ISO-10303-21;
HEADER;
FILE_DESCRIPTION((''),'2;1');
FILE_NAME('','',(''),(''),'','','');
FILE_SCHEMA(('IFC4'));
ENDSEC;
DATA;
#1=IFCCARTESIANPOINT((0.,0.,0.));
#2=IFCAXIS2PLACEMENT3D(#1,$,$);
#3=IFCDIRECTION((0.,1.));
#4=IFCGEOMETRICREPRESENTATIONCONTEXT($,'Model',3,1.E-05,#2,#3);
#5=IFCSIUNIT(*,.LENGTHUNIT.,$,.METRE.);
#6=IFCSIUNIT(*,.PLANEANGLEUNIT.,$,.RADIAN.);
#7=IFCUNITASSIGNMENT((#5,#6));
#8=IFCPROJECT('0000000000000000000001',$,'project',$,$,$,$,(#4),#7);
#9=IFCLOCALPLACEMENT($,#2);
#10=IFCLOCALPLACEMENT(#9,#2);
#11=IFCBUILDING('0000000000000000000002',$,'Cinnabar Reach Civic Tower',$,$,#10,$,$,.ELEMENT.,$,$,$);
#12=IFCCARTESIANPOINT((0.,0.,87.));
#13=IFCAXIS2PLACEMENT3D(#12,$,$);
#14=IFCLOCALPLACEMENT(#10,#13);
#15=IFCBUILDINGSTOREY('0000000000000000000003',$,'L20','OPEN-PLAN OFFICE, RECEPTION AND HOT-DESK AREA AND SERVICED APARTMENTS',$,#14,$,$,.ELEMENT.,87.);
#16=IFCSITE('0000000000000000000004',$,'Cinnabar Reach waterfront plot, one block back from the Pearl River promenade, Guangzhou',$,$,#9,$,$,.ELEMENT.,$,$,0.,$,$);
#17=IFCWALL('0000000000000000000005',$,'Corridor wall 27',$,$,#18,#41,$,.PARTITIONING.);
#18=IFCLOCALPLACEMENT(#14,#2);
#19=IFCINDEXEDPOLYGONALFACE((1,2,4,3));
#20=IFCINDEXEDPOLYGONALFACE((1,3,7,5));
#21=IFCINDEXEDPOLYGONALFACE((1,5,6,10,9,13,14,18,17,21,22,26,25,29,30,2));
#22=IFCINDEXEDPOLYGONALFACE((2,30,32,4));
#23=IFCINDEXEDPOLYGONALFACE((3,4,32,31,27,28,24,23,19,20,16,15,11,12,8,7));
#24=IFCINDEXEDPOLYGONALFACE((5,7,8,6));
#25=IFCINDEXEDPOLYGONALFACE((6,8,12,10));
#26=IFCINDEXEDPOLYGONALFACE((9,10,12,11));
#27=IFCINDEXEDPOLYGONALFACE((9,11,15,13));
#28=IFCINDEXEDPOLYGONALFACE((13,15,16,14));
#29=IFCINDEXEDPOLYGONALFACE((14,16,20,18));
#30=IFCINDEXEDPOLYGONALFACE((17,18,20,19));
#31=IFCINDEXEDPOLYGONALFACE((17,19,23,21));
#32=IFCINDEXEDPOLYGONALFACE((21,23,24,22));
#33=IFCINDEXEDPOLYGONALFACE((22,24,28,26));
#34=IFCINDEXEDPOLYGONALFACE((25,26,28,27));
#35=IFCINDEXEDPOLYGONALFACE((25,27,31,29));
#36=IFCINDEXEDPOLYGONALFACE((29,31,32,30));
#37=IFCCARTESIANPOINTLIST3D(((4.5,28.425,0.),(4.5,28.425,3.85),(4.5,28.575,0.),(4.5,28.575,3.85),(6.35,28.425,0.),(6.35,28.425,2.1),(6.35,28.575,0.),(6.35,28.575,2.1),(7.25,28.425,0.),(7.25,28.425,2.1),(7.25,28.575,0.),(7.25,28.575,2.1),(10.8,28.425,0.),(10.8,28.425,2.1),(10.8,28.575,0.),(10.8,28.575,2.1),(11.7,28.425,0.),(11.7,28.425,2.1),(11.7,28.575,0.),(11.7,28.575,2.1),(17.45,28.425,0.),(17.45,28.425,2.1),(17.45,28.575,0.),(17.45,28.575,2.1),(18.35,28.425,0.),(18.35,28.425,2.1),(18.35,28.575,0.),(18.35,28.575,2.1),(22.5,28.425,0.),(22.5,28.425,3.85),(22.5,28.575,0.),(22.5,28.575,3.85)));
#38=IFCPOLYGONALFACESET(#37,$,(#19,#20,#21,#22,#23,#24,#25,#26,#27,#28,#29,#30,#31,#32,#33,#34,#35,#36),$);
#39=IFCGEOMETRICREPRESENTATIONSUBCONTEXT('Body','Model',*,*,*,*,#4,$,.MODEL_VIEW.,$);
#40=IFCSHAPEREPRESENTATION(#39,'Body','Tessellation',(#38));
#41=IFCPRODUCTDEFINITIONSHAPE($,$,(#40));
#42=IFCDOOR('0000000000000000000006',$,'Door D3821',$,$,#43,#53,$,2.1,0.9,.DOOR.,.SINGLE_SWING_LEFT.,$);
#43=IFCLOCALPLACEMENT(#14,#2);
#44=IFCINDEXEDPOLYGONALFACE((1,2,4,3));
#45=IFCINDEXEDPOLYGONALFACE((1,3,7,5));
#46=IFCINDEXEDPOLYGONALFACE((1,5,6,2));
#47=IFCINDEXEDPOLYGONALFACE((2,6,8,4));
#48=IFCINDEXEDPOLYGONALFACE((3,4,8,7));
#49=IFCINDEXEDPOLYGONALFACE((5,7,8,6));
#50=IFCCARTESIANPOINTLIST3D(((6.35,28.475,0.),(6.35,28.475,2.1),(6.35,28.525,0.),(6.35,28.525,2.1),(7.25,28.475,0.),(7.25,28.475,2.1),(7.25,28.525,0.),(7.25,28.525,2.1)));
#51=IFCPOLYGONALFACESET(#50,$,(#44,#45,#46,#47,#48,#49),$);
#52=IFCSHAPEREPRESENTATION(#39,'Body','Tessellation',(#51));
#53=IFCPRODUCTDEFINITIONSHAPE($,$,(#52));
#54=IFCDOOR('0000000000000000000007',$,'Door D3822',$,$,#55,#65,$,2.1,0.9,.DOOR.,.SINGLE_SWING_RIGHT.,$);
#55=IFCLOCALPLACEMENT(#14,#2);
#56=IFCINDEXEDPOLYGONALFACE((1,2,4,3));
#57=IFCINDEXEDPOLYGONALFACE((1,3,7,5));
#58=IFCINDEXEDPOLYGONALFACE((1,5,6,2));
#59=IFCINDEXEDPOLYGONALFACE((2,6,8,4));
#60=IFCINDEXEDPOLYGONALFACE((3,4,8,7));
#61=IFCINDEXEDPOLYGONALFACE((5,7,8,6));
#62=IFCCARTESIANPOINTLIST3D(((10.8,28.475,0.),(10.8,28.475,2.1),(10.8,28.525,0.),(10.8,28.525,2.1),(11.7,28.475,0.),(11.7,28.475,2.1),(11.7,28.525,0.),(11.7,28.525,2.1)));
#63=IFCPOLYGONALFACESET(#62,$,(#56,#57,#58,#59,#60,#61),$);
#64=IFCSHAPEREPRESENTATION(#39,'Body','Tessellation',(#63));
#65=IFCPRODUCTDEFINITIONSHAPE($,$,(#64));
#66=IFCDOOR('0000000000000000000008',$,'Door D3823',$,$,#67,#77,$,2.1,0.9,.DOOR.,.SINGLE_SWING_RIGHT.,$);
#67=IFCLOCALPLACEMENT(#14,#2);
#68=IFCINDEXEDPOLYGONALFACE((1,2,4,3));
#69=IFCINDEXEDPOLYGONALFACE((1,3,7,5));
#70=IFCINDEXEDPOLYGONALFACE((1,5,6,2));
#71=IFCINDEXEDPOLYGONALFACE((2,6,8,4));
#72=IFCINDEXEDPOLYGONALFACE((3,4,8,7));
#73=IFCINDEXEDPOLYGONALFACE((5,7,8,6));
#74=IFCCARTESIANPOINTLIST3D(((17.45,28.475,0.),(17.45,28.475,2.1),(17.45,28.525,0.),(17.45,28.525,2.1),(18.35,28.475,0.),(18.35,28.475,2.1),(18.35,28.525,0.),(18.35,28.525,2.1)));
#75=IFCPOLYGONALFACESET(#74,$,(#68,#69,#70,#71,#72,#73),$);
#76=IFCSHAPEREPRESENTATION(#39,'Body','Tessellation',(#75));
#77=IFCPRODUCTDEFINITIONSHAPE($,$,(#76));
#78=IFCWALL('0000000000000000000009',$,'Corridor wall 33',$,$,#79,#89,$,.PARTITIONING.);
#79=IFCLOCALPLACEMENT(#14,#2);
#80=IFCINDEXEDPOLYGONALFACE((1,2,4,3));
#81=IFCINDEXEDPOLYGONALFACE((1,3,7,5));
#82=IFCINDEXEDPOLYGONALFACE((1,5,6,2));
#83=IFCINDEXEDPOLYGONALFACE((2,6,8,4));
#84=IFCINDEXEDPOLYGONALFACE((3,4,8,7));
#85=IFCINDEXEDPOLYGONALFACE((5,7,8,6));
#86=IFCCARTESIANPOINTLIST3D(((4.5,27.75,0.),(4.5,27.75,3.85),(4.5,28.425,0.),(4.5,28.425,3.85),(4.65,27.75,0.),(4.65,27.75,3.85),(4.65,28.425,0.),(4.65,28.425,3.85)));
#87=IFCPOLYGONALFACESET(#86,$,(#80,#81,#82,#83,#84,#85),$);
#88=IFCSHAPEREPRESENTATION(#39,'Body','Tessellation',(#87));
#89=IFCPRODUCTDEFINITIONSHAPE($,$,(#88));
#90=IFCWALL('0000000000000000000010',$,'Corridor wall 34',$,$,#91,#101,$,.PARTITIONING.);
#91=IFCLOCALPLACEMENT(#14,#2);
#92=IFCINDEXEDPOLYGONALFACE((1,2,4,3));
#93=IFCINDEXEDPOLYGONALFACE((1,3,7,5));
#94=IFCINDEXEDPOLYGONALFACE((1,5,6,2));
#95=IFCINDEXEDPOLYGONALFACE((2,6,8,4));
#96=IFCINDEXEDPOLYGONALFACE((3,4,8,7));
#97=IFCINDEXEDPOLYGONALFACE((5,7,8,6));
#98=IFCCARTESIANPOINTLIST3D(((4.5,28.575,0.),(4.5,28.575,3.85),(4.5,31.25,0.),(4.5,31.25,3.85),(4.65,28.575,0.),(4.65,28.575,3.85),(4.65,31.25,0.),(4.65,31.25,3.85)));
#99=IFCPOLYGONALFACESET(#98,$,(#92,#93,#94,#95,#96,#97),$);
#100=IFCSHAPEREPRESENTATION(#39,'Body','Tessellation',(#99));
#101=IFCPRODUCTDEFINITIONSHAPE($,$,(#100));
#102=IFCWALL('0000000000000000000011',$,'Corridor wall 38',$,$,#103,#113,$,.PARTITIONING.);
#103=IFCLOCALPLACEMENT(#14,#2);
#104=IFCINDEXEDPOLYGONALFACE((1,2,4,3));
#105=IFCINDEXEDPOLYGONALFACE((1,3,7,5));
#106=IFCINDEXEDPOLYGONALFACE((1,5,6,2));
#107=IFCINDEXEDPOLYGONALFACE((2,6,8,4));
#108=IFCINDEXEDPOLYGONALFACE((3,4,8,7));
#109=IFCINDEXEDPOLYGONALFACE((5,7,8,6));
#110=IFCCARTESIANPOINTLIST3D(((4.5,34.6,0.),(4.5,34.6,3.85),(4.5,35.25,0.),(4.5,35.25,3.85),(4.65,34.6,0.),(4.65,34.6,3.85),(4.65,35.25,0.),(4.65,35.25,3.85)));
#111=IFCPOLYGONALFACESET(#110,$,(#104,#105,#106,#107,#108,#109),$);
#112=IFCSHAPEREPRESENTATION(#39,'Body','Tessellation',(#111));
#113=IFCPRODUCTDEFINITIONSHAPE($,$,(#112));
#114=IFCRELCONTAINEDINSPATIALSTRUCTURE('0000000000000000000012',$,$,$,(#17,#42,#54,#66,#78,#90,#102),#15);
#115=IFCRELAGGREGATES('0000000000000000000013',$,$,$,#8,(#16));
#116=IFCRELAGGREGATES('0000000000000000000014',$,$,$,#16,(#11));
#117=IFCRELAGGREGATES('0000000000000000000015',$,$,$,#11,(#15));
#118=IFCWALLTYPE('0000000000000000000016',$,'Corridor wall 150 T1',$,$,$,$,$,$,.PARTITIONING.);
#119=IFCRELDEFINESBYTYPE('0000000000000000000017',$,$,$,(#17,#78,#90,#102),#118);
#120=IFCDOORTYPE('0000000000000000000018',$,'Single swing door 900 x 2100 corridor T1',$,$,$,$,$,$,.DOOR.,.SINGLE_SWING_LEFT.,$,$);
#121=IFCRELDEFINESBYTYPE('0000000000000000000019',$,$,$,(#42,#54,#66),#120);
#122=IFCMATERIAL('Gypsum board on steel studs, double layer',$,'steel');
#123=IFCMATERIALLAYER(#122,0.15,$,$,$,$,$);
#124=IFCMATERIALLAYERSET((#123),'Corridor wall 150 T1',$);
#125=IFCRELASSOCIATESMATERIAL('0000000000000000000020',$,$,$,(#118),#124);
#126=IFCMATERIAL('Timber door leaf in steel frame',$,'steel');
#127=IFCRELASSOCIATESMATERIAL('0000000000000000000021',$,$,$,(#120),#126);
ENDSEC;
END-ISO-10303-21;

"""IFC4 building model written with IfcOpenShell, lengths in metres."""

from ifc_helpers import new_model, si_unit, direction, frame, frame_2d, origin, place, context, subcontext, project, spatial, rectangle, extrude, material, layer, layer_set, type_object, element, fill, save


model = new_model("IFC4")

# Units and contexts
model_context = context("Model", 3, precision=1e-05, world=origin(), true_north=direction((0.0, 1.0)))
body_context = subcontext(model_context, "Body", "Model", "MODEL_VIEW")
ifc_project = project(units=[si_unit("LENGTHUNIT", "METRE"), si_unit("PLANEANGLEUNIT", "RADIAN")], contexts=[model_context])

# Site, building, storey
site_placement = place(None, origin())
site = spatial("IfcSite", under=ifc_project, at=site_placement, Name="Cinnabar Reach waterfront plot, one block back from the Pearl River promenade, Guangzhou", CompositionType="ELEMENT", RefElevation=0.0)
building_placement = place(site_placement, origin())
building = spatial("IfcBuilding", under=site, at=building_placement, Name="Cinnabar Reach Civic Tower", CompositionType="ELEMENT")
storey_placement = place(building_placement, frame((0.0, 0.0, 87.0)))
storey = spatial("IfcBuildingStorey", under=building, at=storey_placement, Name="L20", Description="OPEN-PLAN OFFICE, RECEPTION AND HOT-DESK AREA AND SERVICED APARTMENTS", CompositionType="ELEMENT", Elevation=87.0)

# Shared definitions
ifc_material_1 = material(Name="Timber door leaf in steel frame", Category="steel")

# Wall, openings, doors
ifc_material_2 = material(Name="Gypsum board on steel studs, double layer", Category="steel")
ifc_layer_1 = layer(ifc_material_2, 0.15)
ifc_layer_set_1 = layer_set([ifc_layer_1], Name="Corridor wall 150 T1")
wall_type_1 = type_object("IfcWallType", Name="Corridor wall 150 T1", PredefinedType="PARTITIONING", material=ifc_layer_set_1)
wall_1_placement = place(storey_placement, frame((4.5, 28.5, 0.0), z_axis=(0.0, 0.0, 1.0), x_axis=(1.0, 0.0, 0.0)))
wall_1 = element("IfcWall", 1, at=wall_1_placement, inside=storey, type_object=wall_type_1, Name="Corridor wall 27", PredefinedType="PARTITIONING", context=body_context, shape_type="SweptSolid", body=[
    extrude(rectangle(XDim=18.0, YDim=0.15, at=frame_2d((9.0, 0.0))), origin(), (0.0, 0.0, 1.0), 3.85),
])
opening_1_placement = place(wall_1_placement, frame((1.85, 0.0, 0.0)))
opening_1 = element("IfcOpeningElement", 2, at=opening_1_placement, cuts=wall_1, PredefinedType="OPENING", context=body_context, shape_type="SweptSolid", body=[
    extrude(rectangle(XDim=0.9, YDim=2.1, at=frame_2d((0.45, 1.05))), frame((0.0, 0.085, 0.0), z_axis=(0.0, -1.0, 0.0), x_axis=(1.0, 0.0, 0.0)), (0.0, 0.0, 1.0), 0.17),
])
opening_2_placement = place(wall_1_placement, frame((6.3, 0.0, 0.0)))
opening_2 = element("IfcOpeningElement", 3, at=opening_2_placement, cuts=wall_1, PredefinedType="OPENING", context=body_context, shape_type="SweptSolid", body=[
    extrude(rectangle(XDim=0.9, YDim=2.1, at=frame_2d((0.45, 1.05))), frame((0.0, 0.085, 0.0), z_axis=(0.0, -1.0, 0.0), x_axis=(1.0, 0.0, 0.0)), (0.0, 0.0, 1.0), 0.17),
])
opening_3_placement = place(wall_1_placement, frame((12.95, 0.0, 0.0)))
opening_3 = element("IfcOpeningElement", 4, at=opening_3_placement, cuts=wall_1, PredefinedType="OPENING", context=body_context, shape_type="SweptSolid", body=[
    extrude(rectangle(XDim=0.9, YDim=2.1, at=frame_2d((0.45, 1.05))), frame((0.0, 0.085, 0.0), z_axis=(0.0, -1.0, 0.0), x_axis=(1.0, 0.0, 0.0)), (0.0, 0.0, 1.0), 0.17),
])
door_type_1 = type_object("IfcDoorType", Name="Single swing door 900 x 2100 corridor T1", OperationType="SINGLE_SWING_LEFT", PredefinedType="DOOR", material=ifc_material_1)
door_1_placement = place(opening_1_placement, origin())
door_1 = element("IfcDoor", 5, at=door_1_placement, inside=storey, type_object=door_type_1, Name="Door D3821", OperationType="SINGLE_SWING_LEFT", OverallHeight=2.1, OverallWidth=0.9, PredefinedType="DOOR", context=body_context, shape_type="SweptSolid", body=[
    extrude(rectangle(XDim=0.9, YDim=2.1, at=frame_2d((0.45, 1.05))), frame((0.0, 0.025, 0.0), z_axis=(0.0, -1.0, 0.0), x_axis=(1.0, 0.0, 0.0)), (0.0, 0.0, 1.0), 0.05),
])
fill(opening_1, door_1)
door_2_placement = place(opening_2_placement, origin())
door_2 = element("IfcDoor", 6, at=door_2_placement, inside=storey, type_object=door_type_1, Name="Door D3822", OperationType="SINGLE_SWING_RIGHT", OverallHeight=2.1, OverallWidth=0.9, PredefinedType="DOOR", context=body_context, shape_type="SweptSolid", body=[
    extrude(rectangle(XDim=0.9, YDim=2.1, at=frame_2d((0.45, 1.05))), frame((0.0, 0.025, 0.0), z_axis=(0.0, -1.0, 0.0), x_axis=(1.0, 0.0, 0.0)), (0.0, 0.0, 1.0), 0.05),
])
fill(opening_2, door_2)
door_3_placement = place(opening_3_placement, origin())
door_3 = element("IfcDoor", 7, at=door_3_placement, inside=storey, type_object=door_type_1, Name="Door D3823", OperationType="SINGLE_SWING_RIGHT", OverallHeight=2.1, OverallWidth=0.9, PredefinedType="DOOR", context=body_context, shape_type="SweptSolid", body=[
    extrude(rectangle(XDim=0.9, YDim=2.1, at=frame_2d((0.45, 1.05))), frame((0.0, 0.025, 0.0), z_axis=(0.0, -1.0, 0.0), x_axis=(1.0, 0.0, 0.0)), (0.0, 0.0, 1.0), 0.05),
])
fill(opening_3, door_3)

# Walls
wall_2_placement = place(storey_placement, frame((4.575, 27.75, 0.0), z_axis=(0.0, 0.0, 1.0), x_axis=(0.0, 1.0, 0.0)))
element("IfcWall", 8, at=wall_2_placement, inside=storey, type_object=wall_type_1, Name="Corridor wall 33", PredefinedType="PARTITIONING", context=body_context, shape_type="SweptSolid", body=[
    extrude(rectangle(XDim=0.675, YDim=0.15, at=frame_2d((0.3375, 0.0))), origin(), (0.0, 0.0, 1.0), 3.85),
])
wall_3_placement = place(storey_placement, frame((4.575, 28.575, 0.0), z_axis=(0.0, 0.0, 1.0), x_axis=(0.0, 1.0, 0.0)))
element("IfcWall", 9, at=wall_3_placement, inside=storey, type_object=wall_type_1, Name="Corridor wall 34", PredefinedType="PARTITIONING", context=body_context, shape_type="SweptSolid", body=[
    extrude(rectangle(XDim=2.675, YDim=0.15, at=frame_2d((1.3375, 0.0))), origin(), (0.0, 0.0, 1.0), 3.85),
])
wall_4_placement = place(storey_placement, frame((4.575, 34.6, 0.0), z_axis=(0.0, 0.0, 1.0), x_axis=(0.0, 1.0, 0.0)))
element("IfcWall", 10, at=wall_4_placement, inside=storey, type_object=wall_type_1, Name="Corridor wall 38", PredefinedType="PARTITIONING", context=body_context, shape_type="SweptSolid", body=[
    extrude(rectangle(XDim=0.65, YDim=0.15, at=frame_2d((0.325, 0.0))), origin(), (0.0, 0.0, 1.0), 3.85),
])

save(model, "model.ifc")
